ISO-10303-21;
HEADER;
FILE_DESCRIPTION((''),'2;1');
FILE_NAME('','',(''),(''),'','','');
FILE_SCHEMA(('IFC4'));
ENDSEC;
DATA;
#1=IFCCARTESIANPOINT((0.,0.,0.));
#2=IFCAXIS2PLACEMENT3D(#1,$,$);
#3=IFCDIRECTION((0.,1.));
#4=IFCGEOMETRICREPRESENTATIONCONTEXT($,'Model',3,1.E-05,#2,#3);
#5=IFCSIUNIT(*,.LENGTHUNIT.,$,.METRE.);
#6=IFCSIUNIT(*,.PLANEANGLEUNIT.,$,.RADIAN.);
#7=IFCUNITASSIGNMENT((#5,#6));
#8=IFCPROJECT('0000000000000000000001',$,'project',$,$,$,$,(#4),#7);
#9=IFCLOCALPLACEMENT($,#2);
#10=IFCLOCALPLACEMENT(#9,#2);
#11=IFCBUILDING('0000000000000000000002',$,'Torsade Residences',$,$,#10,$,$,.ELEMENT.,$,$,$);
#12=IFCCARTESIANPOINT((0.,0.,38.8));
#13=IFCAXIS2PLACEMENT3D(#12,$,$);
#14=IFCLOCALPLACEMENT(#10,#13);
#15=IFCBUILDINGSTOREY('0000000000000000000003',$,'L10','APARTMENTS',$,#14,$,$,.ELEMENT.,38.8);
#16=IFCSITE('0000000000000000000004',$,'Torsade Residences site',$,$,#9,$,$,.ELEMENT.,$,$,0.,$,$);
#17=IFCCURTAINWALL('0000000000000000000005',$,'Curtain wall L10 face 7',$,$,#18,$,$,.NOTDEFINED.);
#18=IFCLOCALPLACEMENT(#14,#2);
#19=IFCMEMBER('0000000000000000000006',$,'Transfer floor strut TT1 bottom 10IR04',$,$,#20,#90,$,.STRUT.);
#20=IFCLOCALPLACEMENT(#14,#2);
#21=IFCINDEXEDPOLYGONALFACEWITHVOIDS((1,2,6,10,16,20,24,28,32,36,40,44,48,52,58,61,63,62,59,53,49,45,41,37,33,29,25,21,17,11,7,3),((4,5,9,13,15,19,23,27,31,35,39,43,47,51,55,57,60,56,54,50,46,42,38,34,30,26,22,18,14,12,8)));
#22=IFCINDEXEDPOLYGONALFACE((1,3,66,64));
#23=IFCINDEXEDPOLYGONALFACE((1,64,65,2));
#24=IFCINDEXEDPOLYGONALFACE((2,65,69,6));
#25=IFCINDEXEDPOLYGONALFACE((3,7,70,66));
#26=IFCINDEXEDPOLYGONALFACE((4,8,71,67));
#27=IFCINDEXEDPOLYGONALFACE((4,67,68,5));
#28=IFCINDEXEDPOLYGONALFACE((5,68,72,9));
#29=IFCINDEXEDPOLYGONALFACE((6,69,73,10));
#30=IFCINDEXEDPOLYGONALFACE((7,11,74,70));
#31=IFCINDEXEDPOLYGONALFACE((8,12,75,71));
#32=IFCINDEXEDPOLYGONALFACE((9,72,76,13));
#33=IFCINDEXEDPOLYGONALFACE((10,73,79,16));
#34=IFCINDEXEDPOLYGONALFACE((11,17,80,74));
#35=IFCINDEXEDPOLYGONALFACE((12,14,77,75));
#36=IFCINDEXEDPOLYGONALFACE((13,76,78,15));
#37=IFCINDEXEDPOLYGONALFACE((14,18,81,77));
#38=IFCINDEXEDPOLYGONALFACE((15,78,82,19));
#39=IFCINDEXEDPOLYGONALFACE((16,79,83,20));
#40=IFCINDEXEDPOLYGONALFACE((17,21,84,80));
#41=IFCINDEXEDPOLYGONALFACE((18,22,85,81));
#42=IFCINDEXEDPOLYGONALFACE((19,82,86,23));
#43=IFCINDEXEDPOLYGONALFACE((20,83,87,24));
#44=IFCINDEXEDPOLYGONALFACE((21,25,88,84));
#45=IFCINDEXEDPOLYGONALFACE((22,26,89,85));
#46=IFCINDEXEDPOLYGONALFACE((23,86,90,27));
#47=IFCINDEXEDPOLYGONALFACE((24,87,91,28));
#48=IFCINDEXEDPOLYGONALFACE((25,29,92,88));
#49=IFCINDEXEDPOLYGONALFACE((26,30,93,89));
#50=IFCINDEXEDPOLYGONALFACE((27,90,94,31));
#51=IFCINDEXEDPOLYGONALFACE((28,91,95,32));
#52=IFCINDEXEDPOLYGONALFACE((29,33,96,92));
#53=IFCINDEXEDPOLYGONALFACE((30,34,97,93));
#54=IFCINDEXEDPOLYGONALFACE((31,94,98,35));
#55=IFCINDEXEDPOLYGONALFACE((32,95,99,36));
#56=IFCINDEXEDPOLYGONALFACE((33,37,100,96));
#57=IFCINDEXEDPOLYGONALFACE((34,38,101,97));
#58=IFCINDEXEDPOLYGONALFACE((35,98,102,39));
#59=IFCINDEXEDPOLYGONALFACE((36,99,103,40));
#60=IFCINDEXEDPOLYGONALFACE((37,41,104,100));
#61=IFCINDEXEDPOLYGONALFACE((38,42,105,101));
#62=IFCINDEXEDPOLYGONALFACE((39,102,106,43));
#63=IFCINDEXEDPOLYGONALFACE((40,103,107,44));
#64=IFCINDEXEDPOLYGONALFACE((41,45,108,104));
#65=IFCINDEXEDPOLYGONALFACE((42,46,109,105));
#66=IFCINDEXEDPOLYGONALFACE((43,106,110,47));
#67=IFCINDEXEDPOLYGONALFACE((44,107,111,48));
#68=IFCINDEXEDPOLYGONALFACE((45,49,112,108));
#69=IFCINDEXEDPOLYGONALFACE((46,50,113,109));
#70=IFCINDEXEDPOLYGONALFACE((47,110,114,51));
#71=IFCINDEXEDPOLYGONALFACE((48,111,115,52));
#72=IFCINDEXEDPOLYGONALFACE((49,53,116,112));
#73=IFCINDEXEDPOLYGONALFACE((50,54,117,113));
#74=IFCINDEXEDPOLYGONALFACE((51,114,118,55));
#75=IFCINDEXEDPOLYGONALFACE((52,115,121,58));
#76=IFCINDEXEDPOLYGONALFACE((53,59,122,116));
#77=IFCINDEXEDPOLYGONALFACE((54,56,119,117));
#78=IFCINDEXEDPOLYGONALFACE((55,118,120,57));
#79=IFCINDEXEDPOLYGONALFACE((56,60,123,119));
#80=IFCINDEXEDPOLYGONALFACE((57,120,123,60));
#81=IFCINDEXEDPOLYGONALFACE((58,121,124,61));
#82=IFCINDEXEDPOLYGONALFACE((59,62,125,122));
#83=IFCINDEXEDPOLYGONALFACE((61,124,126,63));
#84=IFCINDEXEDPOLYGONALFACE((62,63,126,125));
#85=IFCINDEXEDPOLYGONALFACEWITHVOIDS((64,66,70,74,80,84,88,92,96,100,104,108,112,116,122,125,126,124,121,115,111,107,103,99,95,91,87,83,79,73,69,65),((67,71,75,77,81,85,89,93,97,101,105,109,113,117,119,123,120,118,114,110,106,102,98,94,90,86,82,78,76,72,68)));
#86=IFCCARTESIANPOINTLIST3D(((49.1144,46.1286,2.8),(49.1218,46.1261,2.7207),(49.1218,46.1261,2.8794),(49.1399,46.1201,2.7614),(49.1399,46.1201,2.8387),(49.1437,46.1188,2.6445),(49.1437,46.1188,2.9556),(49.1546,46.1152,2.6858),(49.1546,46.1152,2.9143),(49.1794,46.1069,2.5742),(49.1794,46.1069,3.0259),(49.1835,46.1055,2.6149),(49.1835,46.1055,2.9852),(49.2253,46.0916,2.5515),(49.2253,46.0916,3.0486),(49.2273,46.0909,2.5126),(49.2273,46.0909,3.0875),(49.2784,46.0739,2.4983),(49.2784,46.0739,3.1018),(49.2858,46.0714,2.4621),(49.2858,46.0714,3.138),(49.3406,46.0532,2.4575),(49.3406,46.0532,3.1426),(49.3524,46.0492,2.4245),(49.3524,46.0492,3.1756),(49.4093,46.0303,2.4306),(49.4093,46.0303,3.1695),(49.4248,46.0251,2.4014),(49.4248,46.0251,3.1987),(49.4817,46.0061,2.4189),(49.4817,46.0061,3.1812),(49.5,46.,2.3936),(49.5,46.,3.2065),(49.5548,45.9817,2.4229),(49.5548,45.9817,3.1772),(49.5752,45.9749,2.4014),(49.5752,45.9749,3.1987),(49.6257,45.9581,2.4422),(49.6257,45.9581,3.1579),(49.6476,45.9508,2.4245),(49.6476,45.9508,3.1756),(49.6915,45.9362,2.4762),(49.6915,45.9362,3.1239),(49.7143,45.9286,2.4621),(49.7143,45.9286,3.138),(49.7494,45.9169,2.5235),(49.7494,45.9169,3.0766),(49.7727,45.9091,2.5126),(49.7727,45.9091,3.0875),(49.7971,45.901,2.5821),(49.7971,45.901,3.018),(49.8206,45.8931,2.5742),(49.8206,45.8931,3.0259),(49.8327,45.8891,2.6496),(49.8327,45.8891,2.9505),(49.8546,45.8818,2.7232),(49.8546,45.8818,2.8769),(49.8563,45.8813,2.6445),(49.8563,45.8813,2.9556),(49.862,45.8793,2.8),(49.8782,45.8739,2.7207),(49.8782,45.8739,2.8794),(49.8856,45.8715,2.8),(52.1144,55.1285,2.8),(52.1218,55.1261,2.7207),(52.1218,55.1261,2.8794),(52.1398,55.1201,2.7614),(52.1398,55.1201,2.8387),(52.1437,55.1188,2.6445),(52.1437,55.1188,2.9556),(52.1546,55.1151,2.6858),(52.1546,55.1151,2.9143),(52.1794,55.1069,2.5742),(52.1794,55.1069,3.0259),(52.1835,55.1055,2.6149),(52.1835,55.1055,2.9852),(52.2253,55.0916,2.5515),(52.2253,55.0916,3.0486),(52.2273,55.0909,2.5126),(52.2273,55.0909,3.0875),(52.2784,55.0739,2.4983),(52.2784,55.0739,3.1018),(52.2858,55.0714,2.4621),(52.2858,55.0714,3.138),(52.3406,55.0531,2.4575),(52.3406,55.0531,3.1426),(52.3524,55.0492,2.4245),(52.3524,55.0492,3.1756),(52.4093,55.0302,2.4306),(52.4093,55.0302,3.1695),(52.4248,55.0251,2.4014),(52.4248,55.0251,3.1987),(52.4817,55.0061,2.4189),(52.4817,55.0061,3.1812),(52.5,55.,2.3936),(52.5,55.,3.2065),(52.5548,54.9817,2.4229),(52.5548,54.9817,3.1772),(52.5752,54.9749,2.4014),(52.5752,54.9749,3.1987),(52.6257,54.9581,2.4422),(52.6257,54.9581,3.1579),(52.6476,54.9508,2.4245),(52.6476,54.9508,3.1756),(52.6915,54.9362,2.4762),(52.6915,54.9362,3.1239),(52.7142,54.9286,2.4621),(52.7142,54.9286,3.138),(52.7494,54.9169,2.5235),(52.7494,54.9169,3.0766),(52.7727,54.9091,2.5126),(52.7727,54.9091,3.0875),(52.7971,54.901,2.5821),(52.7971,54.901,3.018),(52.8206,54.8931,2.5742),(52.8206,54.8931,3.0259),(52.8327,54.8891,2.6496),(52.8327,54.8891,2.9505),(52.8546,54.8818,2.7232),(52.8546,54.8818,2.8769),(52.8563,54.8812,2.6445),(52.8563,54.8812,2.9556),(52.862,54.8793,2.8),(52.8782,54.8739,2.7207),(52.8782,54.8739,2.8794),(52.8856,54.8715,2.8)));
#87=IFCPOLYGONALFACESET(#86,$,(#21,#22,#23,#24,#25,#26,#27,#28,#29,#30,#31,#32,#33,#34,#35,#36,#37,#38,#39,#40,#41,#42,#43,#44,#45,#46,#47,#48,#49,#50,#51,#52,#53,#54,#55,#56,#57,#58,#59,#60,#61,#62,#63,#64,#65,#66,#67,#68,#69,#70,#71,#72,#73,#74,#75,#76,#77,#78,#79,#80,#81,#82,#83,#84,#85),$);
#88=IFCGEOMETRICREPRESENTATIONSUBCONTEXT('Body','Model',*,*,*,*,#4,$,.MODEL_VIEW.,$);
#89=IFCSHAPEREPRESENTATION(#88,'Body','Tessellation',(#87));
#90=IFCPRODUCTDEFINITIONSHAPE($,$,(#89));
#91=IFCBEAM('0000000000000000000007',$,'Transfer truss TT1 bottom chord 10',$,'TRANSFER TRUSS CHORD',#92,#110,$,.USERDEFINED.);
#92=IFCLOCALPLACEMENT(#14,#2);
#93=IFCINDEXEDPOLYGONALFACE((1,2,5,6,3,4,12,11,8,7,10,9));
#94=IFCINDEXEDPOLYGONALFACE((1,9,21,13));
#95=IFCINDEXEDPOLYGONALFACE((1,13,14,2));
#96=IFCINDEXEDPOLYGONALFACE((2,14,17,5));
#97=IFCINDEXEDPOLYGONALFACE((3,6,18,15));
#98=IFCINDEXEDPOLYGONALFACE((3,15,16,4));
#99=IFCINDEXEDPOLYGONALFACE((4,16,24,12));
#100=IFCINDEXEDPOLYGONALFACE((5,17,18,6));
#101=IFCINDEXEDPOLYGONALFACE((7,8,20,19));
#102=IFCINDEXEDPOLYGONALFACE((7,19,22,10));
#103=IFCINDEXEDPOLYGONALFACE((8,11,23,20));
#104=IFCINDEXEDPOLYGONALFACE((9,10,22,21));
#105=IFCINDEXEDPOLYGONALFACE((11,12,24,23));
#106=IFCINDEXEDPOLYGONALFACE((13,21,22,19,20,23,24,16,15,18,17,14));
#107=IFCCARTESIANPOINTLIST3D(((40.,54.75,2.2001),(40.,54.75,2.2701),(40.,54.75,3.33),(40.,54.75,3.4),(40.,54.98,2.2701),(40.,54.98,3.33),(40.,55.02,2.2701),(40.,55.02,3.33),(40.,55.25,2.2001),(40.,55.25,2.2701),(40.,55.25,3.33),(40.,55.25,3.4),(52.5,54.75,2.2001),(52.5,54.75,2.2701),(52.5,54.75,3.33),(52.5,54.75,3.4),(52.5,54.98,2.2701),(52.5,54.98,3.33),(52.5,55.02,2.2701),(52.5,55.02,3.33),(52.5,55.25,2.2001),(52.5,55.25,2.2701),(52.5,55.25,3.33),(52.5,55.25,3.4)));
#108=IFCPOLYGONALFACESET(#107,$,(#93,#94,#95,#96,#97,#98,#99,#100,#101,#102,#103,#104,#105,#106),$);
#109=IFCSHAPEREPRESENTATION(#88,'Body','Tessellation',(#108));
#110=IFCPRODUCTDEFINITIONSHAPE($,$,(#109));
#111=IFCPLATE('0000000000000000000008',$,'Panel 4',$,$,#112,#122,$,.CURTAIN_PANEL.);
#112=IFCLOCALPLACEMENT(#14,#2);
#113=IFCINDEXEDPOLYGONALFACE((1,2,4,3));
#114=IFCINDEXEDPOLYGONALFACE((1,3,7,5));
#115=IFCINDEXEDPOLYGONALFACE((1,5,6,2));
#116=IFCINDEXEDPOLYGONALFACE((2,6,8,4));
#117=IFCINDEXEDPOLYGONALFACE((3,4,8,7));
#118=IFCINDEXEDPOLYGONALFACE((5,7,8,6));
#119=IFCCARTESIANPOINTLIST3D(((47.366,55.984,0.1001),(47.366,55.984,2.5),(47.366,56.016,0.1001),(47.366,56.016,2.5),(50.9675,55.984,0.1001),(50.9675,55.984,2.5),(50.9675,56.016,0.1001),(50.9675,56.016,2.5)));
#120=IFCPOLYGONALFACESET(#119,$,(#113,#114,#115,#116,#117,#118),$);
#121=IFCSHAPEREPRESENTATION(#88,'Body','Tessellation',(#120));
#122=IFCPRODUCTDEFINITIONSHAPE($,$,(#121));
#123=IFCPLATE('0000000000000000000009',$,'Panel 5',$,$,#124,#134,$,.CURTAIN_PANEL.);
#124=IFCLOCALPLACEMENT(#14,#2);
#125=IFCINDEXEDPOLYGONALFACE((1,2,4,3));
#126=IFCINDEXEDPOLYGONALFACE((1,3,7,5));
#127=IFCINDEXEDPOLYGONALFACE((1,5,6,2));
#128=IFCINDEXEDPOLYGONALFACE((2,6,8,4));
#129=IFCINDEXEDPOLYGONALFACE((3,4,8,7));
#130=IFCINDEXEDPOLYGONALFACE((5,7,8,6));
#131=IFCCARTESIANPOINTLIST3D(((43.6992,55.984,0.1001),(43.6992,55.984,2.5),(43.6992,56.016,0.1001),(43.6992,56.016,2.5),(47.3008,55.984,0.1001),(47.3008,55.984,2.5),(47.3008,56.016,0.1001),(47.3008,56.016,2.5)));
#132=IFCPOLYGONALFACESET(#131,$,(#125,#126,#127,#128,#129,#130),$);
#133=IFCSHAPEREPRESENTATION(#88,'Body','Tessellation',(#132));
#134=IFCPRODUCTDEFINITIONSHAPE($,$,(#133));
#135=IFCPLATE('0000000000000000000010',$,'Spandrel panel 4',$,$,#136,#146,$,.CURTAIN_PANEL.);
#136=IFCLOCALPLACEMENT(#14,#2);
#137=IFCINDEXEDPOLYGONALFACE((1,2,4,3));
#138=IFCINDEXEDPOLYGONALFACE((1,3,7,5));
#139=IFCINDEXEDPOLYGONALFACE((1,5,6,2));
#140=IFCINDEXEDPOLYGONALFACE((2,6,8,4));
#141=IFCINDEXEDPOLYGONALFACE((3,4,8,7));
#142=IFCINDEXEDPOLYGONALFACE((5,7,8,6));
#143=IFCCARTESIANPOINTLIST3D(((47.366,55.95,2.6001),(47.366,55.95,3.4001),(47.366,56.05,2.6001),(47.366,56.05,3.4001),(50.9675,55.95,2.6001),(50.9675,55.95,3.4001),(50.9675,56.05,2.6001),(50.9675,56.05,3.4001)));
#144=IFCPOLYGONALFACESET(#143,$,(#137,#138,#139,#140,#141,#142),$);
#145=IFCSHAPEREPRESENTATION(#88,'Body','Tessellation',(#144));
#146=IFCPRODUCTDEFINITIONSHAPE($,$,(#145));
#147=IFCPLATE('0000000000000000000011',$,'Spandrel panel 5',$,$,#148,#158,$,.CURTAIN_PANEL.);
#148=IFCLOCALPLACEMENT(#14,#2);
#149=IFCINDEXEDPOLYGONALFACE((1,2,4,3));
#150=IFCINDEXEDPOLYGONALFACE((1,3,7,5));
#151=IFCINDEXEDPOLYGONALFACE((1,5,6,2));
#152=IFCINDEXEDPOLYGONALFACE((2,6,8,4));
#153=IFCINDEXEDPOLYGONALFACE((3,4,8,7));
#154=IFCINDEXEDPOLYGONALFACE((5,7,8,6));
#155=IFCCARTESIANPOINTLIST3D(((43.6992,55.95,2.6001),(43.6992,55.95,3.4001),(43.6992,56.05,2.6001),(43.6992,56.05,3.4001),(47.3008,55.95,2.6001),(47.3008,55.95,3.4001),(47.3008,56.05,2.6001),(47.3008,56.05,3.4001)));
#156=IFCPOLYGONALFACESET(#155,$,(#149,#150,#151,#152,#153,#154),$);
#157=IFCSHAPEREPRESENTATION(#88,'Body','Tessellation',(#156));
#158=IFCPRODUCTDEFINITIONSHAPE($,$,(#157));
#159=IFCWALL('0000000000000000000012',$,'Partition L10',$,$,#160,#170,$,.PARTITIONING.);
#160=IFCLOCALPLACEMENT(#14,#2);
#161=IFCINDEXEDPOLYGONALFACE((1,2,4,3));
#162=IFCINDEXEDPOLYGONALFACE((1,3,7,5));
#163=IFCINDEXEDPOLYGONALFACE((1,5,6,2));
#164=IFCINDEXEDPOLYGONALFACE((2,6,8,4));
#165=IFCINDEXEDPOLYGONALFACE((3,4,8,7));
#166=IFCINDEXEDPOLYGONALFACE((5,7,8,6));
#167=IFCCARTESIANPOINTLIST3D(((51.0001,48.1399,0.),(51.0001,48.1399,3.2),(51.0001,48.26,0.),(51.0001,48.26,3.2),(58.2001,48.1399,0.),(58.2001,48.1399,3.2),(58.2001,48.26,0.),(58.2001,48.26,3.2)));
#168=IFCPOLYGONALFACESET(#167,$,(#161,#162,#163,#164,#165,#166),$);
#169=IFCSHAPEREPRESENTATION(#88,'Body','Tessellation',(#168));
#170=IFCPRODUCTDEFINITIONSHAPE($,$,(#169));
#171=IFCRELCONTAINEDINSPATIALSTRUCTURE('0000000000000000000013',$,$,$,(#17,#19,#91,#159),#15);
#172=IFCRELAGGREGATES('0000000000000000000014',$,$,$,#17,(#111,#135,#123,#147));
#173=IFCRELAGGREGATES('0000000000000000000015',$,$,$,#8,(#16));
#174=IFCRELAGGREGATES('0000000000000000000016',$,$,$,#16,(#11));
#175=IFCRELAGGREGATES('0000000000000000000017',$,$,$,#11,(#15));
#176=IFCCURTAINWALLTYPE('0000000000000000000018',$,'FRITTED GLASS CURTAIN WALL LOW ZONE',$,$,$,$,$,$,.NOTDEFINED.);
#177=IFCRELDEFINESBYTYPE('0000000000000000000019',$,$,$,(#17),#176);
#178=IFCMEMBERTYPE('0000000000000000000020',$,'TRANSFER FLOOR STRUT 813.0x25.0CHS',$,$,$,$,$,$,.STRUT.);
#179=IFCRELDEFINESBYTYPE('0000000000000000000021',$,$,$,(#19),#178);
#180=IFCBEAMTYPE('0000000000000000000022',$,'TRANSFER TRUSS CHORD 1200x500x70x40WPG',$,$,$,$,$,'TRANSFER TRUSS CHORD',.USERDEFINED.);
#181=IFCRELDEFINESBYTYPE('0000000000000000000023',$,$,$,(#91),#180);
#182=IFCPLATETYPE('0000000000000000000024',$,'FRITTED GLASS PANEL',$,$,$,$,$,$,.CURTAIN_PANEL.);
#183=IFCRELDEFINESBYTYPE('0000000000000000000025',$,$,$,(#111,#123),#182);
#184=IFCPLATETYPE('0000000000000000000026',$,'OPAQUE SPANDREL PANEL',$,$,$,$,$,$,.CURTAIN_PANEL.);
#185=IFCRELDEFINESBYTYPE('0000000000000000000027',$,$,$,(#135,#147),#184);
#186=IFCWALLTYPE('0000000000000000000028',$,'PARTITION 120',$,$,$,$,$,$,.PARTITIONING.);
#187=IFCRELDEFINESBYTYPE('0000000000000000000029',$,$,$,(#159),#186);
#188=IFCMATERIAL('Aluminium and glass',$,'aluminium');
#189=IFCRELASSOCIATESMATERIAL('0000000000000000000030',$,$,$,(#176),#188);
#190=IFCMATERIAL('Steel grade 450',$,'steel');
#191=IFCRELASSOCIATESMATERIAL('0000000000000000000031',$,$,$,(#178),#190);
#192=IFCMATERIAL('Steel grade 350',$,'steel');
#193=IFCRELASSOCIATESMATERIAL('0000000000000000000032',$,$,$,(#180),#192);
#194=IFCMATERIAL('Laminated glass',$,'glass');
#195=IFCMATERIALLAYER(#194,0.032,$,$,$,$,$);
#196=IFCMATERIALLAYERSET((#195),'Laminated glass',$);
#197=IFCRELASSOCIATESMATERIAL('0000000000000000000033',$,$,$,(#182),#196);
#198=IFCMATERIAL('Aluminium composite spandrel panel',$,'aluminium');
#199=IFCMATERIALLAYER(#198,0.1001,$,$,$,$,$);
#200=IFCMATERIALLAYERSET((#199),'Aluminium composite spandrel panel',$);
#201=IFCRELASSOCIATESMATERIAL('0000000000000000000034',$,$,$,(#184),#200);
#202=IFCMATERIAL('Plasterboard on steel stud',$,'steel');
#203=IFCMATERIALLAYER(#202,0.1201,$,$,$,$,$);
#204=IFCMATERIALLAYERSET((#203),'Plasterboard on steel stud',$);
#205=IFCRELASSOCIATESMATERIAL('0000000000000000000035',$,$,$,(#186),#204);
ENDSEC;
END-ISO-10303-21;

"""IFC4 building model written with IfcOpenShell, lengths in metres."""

from ifc_helpers import new_model, si_unit, direction, frame, frame_2d, origin, origin_2d, place, context, subcontext, project, spatial, rectangle, hollow_circle, i_section, extrude, material, layer, layer_set, material_profile, profile_set, type_object, element, aggregate, save


model = new_model("IFC4")

# Units and contexts
model_context = context("Model", 3, precision=1e-05, world=origin(), true_north=direction((0.0, 1.0)))
body_context = subcontext(model_context, "Body", "Model", "MODEL_VIEW")
ifc_project = project(units=[si_unit("LENGTHUNIT", "METRE"), si_unit("PLANEANGLEUNIT", "RADIAN")], contexts=[model_context])

# Site, building, storey
site_placement = place(None, origin())
site = spatial("IfcSite", under=ifc_project, at=site_placement, Name="Torsade Residences site", CompositionType="ELEMENT", RefElevation=0.0)
building_placement = place(site_placement, origin())
building = spatial("IfcBuilding", under=site, at=building_placement, Name="Torsade Residences", CompositionType="ELEMENT")
storey_placement = place(building_placement, frame((0.0, 0.0, 38.8)))
storey = spatial("IfcBuildingStorey", under=building, at=storey_placement, Name="L10", Description="APARTMENTS", CompositionType="ELEMENT", Elevation=38.8)

# Curtain wall
ifc_material_1 = material(Name="Aluminium and glass", Category="aluminium")
curtain_wall_type = type_object("IfcCurtainWallType", Name="FRITTED GLASS CURTAIN WALL LOW ZONE", PredefinedType="NOTDEFINED", material=ifc_material_1)
curtain_wall_placement = place(storey_placement, origin())
curtain_wall = element("IfcCurtainWall", 1, at=curtain_wall_placement, inside=storey, type_object=curtain_wall_type, Name="Curtain wall L10 face 7", PredefinedType="NOTDEFINED")

# Member
ifc_material_2 = material(Name="Steel grade 450", Category="steel")
ifc_material_profile_1 = material_profile(ifc_material_2, hollow_circle(Radius=0.4065, WallThickness=0.0249, at=origin_2d()), Name="813.0x25.0CHS")
ifc_profile_set_1 = profile_set([ifc_material_profile_1], Name="Steel grade 450")
member_type_1 = type_object("IfcMemberType", Name="TRANSFER FLOOR STRUT 813.0x25.0CHS", PredefinedType="STRUT", material=ifc_profile_set_1)
member_1_placement = place(storey_placement, frame((52.5, 55.0, 2.8), z_axis=(-0.316228, -0.948683, 0.0), x_axis=(0.948683, -0.316228, 0.0)))
element("IfcMember", 2, at=member_1_placement, inside=storey, type_object=member_type_1, Name="Transfer floor strut TT1 bottom 10IR04", PredefinedType="STRUT", context=body_context, shape_type="SweptSolid", body=[
    extrude(hollow_circle(Radius=0.4065, WallThickness=0.0249, at=origin_2d()), origin(), (0.0, 0.0, 1.0), 9.4868),
])

# Beam
ifc_material_3 = material(Name="Steel grade 350", Category="steel")
ifc_material_profile_2 = material_profile(ifc_material_3, i_section(OverallWidth=0.5, OverallDepth=1.2, WebThickness=0.04, FlangeThickness=0.0701, at=origin_2d()), Name="1200x500x70x40WPG")
ifc_profile_set_2 = profile_set([ifc_material_profile_2], Name="Steel grade 350")
beam_type_1 = type_object("IfcBeamType", Name="TRANSFER TRUSS CHORD 1200x500x70x40WPG", ElementType="TRANSFER TRUSS CHORD", PredefinedType="USERDEFINED", material=ifc_profile_set_2)
beam_1_placement = place(storey_placement, frame((52.5, 55.0, 2.8), z_axis=(-1.0, 0.0, 0.0), x_axis=(0.0, -1.0, 0.0)))
element("IfcBeam", 3, at=beam_1_placement, inside=storey, type_object=beam_type_1, Name="Transfer truss TT1 bottom chord 10", ObjectType="TRANSFER TRUSS CHORD", PredefinedType="USERDEFINED", context=body_context, shape_type="SweptSolid", body=[
    extrude(i_section(OverallWidth=0.5, OverallDepth=1.2, WebThickness=0.04, FlangeThickness=0.0701, at=origin_2d()), origin(), (0.0, 0.0, 1.0), 12.5),
])

# Plates
ifc_material_4 = material(Name="Laminated glass", Category="glass")
ifc_layer_1 = layer(ifc_material_4, 0.032)
ifc_layer_set_1 = layer_set([ifc_layer_1], Name="Laminated glass")
plate_type_1 = type_object("IfcPlateType", Name="FRITTED GLASS PANEL", PredefinedType="CURTAIN_PANEL", material=ifc_layer_set_1)
plate_1_placement = place(storey_placement, frame((49.1667, 56.0, 0.1001), z_axis=(0.0, 0.0, 1.0), x_axis=(-1.0, 0.0, 0.0)))
plate_1 = element("IfcPlate", 4, at=plate_1_placement, type_object=plate_type_1, Name="Panel 4", PredefinedType="CURTAIN_PANEL", context=body_context, shape_type="SweptSolid", body=[
    extrude(rectangle(XDim=3.6016, YDim=0.032, at=origin_2d()), origin(), (0.0, 0.0, 1.0), 2.3999),
])
plate_2_placement = place(storey_placement, frame((45.5, 56.0, 0.1001), z_axis=(0.0, 0.0, 1.0), x_axis=(-1.0, 0.0, 0.0)))
plate_2 = element("IfcPlate", 5, at=plate_2_placement, type_object=plate_type_1, Name="Panel 5", PredefinedType="CURTAIN_PANEL", context=body_context, shape_type="SweptSolid", body=[
    extrude(rectangle(XDim=3.6016, YDim=0.032, at=origin_2d()), origin(), (0.0, 0.0, 1.0), 2.3999),
])
ifc_material_5 = material(Name="Aluminium composite spandrel panel", Category="aluminium")
ifc_layer_2 = layer(ifc_material_5, 0.1001)
ifc_layer_set_2 = layer_set([ifc_layer_2], Name="Aluminium composite spandrel panel")
plate_type_2 = type_object("IfcPlateType", Name="OPAQUE SPANDREL PANEL", PredefinedType="CURTAIN_PANEL", material=ifc_layer_set_2)
plate_3_placement = place(storey_placement, frame((49.1667, 56.0, 2.6001), z_axis=(0.0, 0.0, 1.0), x_axis=(-1.0, 0.0, 0.0)))
plate_3 = element("IfcPlate", 6, at=plate_3_placement, type_object=plate_type_2, Name="Spandrel panel 4", PredefinedType="CURTAIN_PANEL", context=body_context, shape_type="SweptSolid", body=[
    extrude(rectangle(XDim=3.6016, YDim=0.1001, at=origin_2d()), origin(), (0.0, 0.0, 1.0), 0.8),
])
plate_4_placement = place(storey_placement, frame((45.5, 56.0, 2.6001), z_axis=(0.0, 0.0, 1.0), x_axis=(-1.0, 0.0, 0.0)))
plate_4 = element("IfcPlate", 7, at=plate_4_placement, type_object=plate_type_2, Name="Spandrel panel 5", PredefinedType="CURTAIN_PANEL", context=body_context, shape_type="SweptSolid", body=[
    extrude(rectangle(XDim=3.6016, YDim=0.1001, at=origin_2d()), origin(), (0.0, 0.0, 1.0), 0.8),
])
aggregate(curtain_wall, [plate_1, plate_3, plate_2, plate_4])

# Wall
ifc_material_6 = material(Name="Plasterboard on steel stud", Category="steel")
ifc_layer_3 = layer(ifc_material_6, 0.1201)
ifc_layer_set_3 = layer_set([ifc_layer_3], Name="Plasterboard on steel stud")
wall_type_1 = type_object("IfcWallType", Name="PARTITION 120", PredefinedType="PARTITIONING", material=ifc_layer_set_3)
wall_1_placement = place(storey_placement, frame((51.0, 48.2, 0.0), z_axis=(0.0, 0.0, 1.0), x_axis=(1.0, 0.0, 0.0)))
element("IfcWall", 8, at=wall_1_placement, inside=storey, type_object=wall_type_1, Name="Partition L10", PredefinedType="PARTITIONING", context=body_context, shape_type="SweptSolid", body=[
    extrude(rectangle(XDim=7.2, YDim=0.1201, at=frame_2d((3.6001, 0.0))), origin(), (0.0, 0.0, 1.0), 3.2),
])

save(model, "model.ifc")
